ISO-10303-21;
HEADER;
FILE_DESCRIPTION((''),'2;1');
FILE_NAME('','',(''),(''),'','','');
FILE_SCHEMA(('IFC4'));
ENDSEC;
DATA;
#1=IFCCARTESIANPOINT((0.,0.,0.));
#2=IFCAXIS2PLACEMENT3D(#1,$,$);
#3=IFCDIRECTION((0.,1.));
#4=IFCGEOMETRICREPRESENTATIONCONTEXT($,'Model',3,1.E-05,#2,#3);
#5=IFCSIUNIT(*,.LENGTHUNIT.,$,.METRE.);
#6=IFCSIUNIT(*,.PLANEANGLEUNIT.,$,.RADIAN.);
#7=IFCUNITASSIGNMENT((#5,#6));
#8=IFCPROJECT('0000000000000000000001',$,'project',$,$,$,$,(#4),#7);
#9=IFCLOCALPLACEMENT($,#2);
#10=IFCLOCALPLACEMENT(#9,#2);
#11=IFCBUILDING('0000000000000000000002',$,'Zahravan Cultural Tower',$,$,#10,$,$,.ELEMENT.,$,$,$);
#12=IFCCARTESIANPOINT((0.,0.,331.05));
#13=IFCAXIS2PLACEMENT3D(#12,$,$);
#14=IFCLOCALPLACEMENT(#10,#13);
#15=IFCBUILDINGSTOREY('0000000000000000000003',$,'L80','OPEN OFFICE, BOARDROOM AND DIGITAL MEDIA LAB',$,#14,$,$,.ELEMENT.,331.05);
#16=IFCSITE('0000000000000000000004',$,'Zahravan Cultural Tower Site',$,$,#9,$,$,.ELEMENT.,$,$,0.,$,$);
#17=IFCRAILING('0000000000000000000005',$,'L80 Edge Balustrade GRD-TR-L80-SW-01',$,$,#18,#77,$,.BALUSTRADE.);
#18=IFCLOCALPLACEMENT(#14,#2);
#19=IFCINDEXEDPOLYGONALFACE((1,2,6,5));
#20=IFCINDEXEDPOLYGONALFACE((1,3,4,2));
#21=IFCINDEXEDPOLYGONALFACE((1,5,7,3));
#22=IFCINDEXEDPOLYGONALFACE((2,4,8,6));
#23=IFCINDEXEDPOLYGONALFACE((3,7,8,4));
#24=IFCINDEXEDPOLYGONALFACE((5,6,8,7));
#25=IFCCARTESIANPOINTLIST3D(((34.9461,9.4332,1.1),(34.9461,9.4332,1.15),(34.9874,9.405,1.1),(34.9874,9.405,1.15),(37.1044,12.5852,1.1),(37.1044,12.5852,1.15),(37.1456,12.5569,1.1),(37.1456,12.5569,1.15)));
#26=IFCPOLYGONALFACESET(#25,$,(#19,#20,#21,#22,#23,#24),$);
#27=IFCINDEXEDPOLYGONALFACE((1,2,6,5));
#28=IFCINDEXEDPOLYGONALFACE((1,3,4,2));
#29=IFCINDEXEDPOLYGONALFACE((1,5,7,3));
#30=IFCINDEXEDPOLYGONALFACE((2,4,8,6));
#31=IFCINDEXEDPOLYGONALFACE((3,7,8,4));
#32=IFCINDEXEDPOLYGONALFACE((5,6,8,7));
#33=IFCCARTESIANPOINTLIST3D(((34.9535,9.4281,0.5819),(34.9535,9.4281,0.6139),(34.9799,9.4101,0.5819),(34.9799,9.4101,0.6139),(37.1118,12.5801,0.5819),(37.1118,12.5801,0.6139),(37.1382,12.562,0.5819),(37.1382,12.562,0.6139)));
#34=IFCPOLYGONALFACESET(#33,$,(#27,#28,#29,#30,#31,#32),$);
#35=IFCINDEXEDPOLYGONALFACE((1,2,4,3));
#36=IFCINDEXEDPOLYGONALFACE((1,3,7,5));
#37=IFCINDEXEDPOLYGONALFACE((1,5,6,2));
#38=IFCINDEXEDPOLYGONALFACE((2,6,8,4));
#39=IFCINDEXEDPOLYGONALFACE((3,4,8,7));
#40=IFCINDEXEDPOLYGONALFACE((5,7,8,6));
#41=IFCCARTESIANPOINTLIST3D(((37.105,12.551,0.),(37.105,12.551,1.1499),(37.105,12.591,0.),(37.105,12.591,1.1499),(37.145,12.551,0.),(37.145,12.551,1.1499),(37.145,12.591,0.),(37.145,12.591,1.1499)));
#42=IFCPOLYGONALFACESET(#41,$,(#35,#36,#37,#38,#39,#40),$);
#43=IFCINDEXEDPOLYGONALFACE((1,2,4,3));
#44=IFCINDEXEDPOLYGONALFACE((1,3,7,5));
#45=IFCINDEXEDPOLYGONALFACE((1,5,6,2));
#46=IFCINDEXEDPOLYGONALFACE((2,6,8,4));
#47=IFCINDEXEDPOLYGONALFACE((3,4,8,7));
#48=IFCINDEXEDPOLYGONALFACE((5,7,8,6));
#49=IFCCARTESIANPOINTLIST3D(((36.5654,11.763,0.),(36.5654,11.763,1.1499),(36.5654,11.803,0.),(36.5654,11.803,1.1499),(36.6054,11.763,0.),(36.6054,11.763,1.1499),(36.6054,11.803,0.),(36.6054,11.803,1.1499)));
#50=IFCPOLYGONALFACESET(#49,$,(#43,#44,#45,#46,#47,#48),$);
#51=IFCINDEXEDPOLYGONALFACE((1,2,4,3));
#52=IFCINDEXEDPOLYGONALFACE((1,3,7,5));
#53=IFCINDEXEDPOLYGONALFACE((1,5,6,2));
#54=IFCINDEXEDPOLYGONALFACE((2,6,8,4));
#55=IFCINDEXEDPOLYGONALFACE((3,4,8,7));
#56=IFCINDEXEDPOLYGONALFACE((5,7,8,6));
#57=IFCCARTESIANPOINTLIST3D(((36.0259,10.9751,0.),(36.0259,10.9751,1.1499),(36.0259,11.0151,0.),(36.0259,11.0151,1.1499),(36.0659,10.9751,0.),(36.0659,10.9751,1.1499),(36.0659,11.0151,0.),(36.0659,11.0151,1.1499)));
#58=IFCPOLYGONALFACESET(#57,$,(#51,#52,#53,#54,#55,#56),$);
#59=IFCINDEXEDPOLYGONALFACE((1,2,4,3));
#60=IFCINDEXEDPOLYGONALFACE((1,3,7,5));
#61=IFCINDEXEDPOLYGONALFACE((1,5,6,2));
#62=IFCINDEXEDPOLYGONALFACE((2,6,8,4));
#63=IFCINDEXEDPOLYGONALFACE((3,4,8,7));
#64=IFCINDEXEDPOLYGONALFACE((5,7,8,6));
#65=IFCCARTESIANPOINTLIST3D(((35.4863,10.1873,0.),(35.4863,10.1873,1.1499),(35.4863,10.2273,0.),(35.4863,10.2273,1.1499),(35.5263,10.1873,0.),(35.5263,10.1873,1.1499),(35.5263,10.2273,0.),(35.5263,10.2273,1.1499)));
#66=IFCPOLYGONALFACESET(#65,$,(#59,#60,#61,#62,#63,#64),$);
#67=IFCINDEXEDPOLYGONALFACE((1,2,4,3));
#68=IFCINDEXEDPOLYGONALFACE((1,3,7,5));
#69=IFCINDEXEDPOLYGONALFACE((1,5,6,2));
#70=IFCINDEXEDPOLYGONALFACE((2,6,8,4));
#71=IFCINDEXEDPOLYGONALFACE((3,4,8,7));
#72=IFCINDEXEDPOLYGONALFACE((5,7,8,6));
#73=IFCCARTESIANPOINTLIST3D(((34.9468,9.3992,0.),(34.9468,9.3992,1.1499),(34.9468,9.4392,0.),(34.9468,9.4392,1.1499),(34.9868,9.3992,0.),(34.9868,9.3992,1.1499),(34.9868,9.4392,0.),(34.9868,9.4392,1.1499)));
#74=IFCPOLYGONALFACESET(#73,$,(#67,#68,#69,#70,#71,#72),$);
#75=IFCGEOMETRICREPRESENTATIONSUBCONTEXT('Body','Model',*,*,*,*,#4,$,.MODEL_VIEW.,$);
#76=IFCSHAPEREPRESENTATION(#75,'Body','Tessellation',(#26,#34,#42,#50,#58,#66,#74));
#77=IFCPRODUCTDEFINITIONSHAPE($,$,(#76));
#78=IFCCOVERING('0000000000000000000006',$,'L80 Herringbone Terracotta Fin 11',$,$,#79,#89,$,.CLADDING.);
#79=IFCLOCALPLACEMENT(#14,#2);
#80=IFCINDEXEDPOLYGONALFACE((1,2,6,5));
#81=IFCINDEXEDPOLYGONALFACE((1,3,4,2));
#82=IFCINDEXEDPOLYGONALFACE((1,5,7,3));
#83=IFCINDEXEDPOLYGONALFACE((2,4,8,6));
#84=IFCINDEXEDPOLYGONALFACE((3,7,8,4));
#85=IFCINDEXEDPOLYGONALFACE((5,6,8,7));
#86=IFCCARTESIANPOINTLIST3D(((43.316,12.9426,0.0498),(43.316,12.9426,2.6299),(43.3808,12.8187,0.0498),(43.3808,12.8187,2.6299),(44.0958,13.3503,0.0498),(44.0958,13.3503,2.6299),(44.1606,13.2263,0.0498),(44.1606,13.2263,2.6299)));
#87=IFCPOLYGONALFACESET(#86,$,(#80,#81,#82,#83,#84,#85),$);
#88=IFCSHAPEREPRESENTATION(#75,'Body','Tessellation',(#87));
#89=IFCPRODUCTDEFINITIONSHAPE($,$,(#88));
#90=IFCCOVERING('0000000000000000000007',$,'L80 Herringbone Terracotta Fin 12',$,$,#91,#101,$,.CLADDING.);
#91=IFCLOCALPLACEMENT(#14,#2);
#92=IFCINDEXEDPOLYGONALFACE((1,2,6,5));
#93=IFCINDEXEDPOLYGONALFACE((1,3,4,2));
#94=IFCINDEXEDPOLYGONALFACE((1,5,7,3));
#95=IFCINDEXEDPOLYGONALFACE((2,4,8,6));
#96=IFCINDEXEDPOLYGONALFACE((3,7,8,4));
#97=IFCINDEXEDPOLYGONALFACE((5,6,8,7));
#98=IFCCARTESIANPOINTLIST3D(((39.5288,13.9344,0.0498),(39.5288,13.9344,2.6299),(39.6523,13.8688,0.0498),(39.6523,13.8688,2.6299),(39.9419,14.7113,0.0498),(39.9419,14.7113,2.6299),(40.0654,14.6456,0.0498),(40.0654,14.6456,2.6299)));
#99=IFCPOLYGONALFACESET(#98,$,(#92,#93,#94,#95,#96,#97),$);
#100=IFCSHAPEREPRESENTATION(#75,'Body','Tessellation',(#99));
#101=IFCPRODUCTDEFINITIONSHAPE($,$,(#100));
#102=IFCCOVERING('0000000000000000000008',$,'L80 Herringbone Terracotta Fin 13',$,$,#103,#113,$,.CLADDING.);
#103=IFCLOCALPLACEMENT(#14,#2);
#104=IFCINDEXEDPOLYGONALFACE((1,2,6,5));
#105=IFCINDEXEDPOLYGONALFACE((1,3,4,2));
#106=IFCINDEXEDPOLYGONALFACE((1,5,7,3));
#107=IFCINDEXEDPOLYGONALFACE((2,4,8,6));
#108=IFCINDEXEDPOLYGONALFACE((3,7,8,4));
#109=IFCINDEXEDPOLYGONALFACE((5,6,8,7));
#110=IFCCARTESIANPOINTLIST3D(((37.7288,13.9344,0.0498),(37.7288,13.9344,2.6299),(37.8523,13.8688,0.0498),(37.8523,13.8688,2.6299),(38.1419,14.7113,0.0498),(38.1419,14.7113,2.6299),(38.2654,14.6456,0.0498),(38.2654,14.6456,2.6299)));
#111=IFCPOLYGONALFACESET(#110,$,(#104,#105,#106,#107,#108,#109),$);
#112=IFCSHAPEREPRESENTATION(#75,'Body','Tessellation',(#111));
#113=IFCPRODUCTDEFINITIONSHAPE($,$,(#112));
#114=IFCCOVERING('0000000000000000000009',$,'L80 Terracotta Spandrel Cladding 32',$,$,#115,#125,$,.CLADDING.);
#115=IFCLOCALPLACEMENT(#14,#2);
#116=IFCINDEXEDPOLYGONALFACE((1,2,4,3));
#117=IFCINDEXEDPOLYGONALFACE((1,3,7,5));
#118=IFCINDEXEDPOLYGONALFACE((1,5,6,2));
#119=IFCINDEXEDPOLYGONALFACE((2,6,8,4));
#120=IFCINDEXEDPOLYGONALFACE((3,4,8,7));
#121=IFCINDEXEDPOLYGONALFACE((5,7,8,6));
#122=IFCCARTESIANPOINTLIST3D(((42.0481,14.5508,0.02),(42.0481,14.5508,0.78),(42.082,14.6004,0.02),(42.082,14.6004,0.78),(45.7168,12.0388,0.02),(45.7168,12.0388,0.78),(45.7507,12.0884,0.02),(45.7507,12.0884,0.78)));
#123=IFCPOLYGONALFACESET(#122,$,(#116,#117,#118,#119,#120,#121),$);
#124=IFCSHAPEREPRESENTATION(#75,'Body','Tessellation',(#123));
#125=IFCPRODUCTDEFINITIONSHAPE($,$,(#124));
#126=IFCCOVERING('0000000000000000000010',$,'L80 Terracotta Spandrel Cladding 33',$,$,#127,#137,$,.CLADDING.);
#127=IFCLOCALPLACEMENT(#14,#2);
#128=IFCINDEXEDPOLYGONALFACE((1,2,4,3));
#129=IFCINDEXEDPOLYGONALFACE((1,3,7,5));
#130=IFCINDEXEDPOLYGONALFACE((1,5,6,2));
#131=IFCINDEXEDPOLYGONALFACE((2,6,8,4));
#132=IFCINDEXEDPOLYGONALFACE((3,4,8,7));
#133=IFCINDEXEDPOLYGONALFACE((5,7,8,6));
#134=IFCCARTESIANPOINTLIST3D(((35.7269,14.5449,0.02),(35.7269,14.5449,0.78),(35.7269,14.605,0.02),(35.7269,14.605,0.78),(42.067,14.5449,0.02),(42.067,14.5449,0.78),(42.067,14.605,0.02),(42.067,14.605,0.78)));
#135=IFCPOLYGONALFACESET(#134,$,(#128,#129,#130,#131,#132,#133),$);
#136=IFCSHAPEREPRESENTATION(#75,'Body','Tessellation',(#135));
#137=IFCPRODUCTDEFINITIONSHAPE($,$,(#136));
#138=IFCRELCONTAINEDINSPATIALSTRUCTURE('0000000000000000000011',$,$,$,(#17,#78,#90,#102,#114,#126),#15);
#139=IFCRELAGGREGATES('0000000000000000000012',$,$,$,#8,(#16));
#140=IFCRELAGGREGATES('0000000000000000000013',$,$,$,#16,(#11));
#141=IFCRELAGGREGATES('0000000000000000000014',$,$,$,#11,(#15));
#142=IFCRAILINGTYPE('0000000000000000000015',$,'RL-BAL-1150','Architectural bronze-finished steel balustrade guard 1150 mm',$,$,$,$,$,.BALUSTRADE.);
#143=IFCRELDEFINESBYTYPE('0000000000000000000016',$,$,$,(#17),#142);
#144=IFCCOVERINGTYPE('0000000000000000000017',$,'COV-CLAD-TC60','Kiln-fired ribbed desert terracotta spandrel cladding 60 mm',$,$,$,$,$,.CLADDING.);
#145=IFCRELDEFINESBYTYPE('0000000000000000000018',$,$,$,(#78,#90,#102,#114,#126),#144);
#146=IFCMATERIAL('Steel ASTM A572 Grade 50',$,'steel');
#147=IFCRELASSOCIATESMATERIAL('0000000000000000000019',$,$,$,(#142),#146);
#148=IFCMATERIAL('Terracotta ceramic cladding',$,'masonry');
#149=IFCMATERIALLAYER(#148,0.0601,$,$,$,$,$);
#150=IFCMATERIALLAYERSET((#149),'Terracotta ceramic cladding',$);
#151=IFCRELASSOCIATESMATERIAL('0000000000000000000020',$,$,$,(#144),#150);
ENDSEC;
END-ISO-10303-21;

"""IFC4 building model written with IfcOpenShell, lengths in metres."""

from ifc_helpers import new_model, si_unit, direction, frame, origin, origin_2d, place, context, subcontext, project, spatial, rectangle, extrude, source, transform, mapped, material, layer, layer_set, type_object, element, save


model = new_model("IFC4")

# Units and contexts
model_context = context("Model", 3, precision=1e-05, world=origin(), true_north=direction((0.0, 1.0)))
body_context = subcontext(model_context, "Body", "Model", "MODEL_VIEW")
ifc_project = project(units=[si_unit("LENGTHUNIT", "METRE"), si_unit("PLANEANGLEUNIT", "RADIAN")], contexts=[model_context])

# Site, building, storey
site_placement = place(None, origin())
site = spatial("IfcSite", under=ifc_project, at=site_placement, Name="Zahravan Cultural Tower Site", CompositionType="ELEMENT", RefElevation=0.0)
building_placement = place(site_placement, origin())
building = spatial("IfcBuilding", under=site, at=building_placement, Name="Zahravan Cultural Tower", CompositionType="ELEMENT")
storey_placement = place(building_placement, frame((0.0, 0.0, 331.05)))
storey = spatial("IfcBuildingStorey", under=building, at=storey_placement, Name="L80", Description="OPEN OFFICE, BOARDROOM AND DIGITAL MEDIA LAB", CompositionType="ELEMENT", Elevation=331.05)

# Shared definitions
ifc_material_1 = material(Name="Steel ASTM A572 Grade 50", Category="steel")

# Railing
railing_type = type_object("IfcRailingType", Name="RL-BAL-1150", Description="Architectural bronze-finished steel balustrade guard 1150 mm", PredefinedType="BALUSTRADE", material=ifc_material_1)
railing_placement = place(storey_placement, frame((37.125, 12.571, 0.0)))
element("IfcRailing", 1, at=railing_placement, inside=storey, type_object=railing_type, Name="L80 Edge Balustrade GRD-TR-L80-SW-01", PredefinedType="BALUSTRADE", context=body_context, shape_type="SweptSolid", body=[
    extrude(rectangle(XDim=0.05, YDim=0.05, at=origin_2d()), frame((0.0, 0.0, 1.125), z_axis=(-0.564982, -0.825103, 0.0), x_axis=(0.825103, -0.564982, 0.0)), (0.0, 0.0, 1.0), 3.8201),
    extrude(rectangle(XDim=0.032, YDim=0.032, at=origin_2d()), frame((0.0, 0.0, 0.5979), z_axis=(-0.564982, -0.825103, 0.0), x_axis=(0.825103, -0.564982, 0.0)), (0.0, 0.0, 1.0), 3.8201),
    extrude(rectangle(XDim=0.04, YDim=0.04, at=origin_2d()), origin(), (0.0, 0.0, 1.0), 1.1499),
    extrude(rectangle(XDim=0.04, YDim=0.04, at=origin_2d()), frame((-0.5396, -0.7881, 0.0)), (0.0, 0.0, 1.0), 1.1499),
    extrude(rectangle(XDim=0.04, YDim=0.04, at=origin_2d()), frame((-1.0791, -1.5759, 0.0)), (0.0, 0.0, 1.0), 1.1499),
    extrude(rectangle(XDim=0.04, YDim=0.04, at=origin_2d()), frame((-1.6187, -2.3638, 0.0)), (0.0, 0.0, 1.0), 1.1499),
    extrude(rectangle(XDim=0.04, YDim=0.04, at=origin_2d()), frame((-2.1582, -3.1519, 0.0)), (0.0, 0.0, 1.0), 1.1499),
])

# Coverings
ifc_material_2 = material(Name="Terracotta ceramic cladding", Category="masonry")
ifc_layer_1 = layer(ifc_material_2, 0.0601)
ifc_layer_set_1 = layer_set([ifc_layer_1], Name="Terracotta ceramic cladding")
covering_type = type_object("IfcCoveringType", Name="COV-CLAD-TC60", Description="Kiln-fired ribbed desert terracotta spandrel cladding 60 mm", PredefinedType="CLADDING", material=ifc_layer_set_1)
shared_shape_1 = source(origin(), body_context, "Body", "SweptSolid", [
    extrude(rectangle(XDim=0.8799, YDim=0.1399, at=origin_2d()), origin(), (0.0, 0.0, 1.0), 2.5801),
])
for number, where, z_axis, x_axis, name in (
    (2, (43.7383, 13.0845, 0.0498), (0.0, 0.0, 1.0), (-0.886204, -0.463296, 0.0), "L80 Herringbone Terracotta Fin 11"),
    (3, (39.7971, 14.29, 0.0498), (0.0, 0.0, 1.0), (-0.469472, -0.882948, 0.0), "L80 Herringbone Terracotta Fin 12"),
    (4, (37.9971, 14.29, 0.0498), (0.0, 0.0, 1.0), (-0.469472, -0.882948, 0.0), "L80 Herringbone Terracotta Fin 13"),
):
    element("IfcCovering", number, at=place(storey_placement, frame(where, z_axis=z_axis, x_axis=x_axis)), inside=storey, type_object=covering_type, Name=name, PredefinedType="CLADDING", context=body_context, shape_type="MappedRepresentation", body=[
        mapped(shared_shape_1, transform((0.0, 0.0, 0.0), x_axis=(1.0, 0.0, 0.0), y_axis=(0.0, 1.0, 0.0), z_axis=(0.0, 0.0, 1.0), scale=1.0)),
    ])
shared_shape_2 = source(origin(), body_context, "Body", "SweptSolid", [
    extrude(rectangle(XDim=4.4463, YDim=0.0601, at=origin_2d()), origin(), (0.0, 0.0, 1.0), 0.76),
])
covering_1_placement = place(storey_placement, frame((43.8994, 13.3196, 0.02), z_axis=(0.0, 0.0, 1.0), x_axis=(-0.825113, 0.564967, 0.0)))
element("IfcCovering", 5, at=covering_1_placement, inside=storey, type_object=covering_type, Name="L80 Terracotta Spandrel Cladding 32", PredefinedType="CLADDING", context=body_context, shape_type="MappedRepresentation", body=[
    mapped(shared_shape_2, transform((0.0, 0.0, 0.0), x_axis=(1.0, 0.0, 0.0), y_axis=(0.0, 1.0, 0.0), z_axis=(0.0, 0.0, 1.0), scale=1.0)),
])
shared_shape_3 = source(origin(), body_context, "Body", "SweptSolid", [
    extrude(rectangle(XDim=6.3401, YDim=0.0601, at=origin_2d()), origin(), (0.0, 0.0, 1.0), 0.76),
])
covering_2_placement = place(storey_placement, frame((38.897, 14.575, 0.02), z_axis=(0.0, 0.0, 1.0), x_axis=(-1.0, 0.0, 0.0)))
element("IfcCovering", 6, at=covering_2_placement, inside=storey, type_object=covering_type, Name="L80 Terracotta Spandrel Cladding 33", PredefinedType="CLADDING", context=body_context, shape_type="MappedRepresentation", body=[
    mapped(shared_shape_3, transform((0.0, 0.0, 0.0), x_axis=(1.0, 0.0, 0.0), y_axis=(0.0, 1.0, 0.0), z_axis=(0.0, 0.0, 1.0), scale=1.0)),
])

save(model, "model.ifc")
